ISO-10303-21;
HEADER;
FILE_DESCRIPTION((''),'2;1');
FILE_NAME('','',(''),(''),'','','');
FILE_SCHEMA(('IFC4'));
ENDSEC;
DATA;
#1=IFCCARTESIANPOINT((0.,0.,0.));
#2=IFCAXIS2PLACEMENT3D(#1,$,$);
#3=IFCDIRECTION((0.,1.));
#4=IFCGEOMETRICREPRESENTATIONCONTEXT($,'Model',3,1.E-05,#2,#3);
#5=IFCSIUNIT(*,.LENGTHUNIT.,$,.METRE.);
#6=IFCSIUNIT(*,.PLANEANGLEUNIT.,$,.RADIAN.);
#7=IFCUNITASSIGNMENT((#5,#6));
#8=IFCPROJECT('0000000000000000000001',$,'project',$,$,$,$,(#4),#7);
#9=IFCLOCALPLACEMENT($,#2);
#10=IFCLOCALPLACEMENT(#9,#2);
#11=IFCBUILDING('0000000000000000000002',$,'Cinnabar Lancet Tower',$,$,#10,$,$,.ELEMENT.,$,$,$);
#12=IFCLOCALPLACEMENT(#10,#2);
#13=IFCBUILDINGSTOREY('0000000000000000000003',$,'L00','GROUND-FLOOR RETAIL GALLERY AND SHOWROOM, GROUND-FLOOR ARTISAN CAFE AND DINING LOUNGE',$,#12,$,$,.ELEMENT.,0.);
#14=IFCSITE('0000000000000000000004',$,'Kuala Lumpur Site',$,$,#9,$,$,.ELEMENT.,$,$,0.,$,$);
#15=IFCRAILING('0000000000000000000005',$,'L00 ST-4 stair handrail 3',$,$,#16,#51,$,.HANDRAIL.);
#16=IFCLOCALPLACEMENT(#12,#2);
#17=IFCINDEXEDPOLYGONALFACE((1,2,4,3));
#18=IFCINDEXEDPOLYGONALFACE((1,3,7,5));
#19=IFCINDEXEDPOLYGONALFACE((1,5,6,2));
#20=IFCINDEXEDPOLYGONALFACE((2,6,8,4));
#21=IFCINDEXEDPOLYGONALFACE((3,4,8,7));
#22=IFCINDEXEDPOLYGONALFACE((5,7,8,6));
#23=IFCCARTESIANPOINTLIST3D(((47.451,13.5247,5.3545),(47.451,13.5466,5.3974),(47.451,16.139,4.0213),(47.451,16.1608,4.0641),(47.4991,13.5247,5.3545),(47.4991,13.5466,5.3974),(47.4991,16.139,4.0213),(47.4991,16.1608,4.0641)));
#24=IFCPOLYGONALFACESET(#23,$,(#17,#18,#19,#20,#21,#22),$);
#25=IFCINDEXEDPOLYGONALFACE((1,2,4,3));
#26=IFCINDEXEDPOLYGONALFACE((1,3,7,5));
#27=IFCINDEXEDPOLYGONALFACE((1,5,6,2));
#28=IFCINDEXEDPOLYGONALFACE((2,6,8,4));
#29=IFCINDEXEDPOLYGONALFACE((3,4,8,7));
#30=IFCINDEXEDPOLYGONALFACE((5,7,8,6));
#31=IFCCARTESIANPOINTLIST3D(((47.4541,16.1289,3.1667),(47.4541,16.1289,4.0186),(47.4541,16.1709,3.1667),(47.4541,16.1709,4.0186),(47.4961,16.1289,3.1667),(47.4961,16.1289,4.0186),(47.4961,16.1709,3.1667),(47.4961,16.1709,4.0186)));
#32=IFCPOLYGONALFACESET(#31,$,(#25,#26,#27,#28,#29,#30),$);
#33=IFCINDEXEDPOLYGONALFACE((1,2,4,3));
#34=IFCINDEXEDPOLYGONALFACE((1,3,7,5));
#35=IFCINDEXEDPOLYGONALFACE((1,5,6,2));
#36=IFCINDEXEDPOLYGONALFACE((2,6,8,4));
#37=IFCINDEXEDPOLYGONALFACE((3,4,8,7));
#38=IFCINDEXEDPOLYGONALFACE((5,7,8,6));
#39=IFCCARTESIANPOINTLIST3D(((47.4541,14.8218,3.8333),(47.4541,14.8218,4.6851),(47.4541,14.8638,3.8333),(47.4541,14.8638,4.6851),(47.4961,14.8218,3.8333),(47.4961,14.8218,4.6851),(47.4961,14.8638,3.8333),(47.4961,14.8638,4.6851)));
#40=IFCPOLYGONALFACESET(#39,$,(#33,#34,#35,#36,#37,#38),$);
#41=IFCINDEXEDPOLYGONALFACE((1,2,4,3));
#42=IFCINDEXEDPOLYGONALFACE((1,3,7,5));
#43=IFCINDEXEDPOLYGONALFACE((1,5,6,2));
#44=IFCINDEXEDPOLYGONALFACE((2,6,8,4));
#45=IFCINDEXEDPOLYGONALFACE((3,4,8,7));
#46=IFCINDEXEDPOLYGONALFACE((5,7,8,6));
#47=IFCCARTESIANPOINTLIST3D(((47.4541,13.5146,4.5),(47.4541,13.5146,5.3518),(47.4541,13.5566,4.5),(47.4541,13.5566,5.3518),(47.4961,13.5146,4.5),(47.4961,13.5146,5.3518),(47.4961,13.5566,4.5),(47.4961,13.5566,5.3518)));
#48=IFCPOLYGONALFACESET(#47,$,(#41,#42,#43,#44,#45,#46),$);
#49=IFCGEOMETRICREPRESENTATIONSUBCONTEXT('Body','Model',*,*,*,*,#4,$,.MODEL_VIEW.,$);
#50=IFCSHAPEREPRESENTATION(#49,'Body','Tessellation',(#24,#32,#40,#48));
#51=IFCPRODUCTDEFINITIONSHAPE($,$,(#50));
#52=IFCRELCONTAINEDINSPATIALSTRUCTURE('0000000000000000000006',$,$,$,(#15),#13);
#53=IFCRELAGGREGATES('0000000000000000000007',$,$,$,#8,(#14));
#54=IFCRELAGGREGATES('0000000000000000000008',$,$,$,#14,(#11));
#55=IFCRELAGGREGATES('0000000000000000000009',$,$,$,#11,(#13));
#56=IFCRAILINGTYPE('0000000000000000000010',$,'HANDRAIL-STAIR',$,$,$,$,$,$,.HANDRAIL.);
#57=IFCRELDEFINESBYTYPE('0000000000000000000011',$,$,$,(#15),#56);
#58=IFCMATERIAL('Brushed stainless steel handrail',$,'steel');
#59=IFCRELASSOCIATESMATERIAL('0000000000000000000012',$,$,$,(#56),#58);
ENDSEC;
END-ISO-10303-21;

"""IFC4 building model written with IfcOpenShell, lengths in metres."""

from ifc_helpers import new_model, si_unit, direction, frame, origin, origin_2d, place, context, subcontext, project, spatial, rectangle, extrude, material, type_object, element, save


model = new_model("IFC4")

# Units and contexts
model_context = context("Model", 3, precision=1e-05, world=origin(), true_north=direction((0.0, 1.0)))
body_context = subcontext(model_context, "Body", "Model", "MODEL_VIEW")
ifc_project = project(units=[si_unit("LENGTHUNIT", "METRE"), si_unit("PLANEANGLEUNIT", "RADIAN")], contexts=[model_context])

# Site, building, storey
site_placement = place(None, origin())
site = spatial("IfcSite", under=ifc_project, at=site_placement, Name="Kuala Lumpur Site", CompositionType="ELEMENT", RefElevation=0.0)
building_placement = place(site_placement, origin())
building = spatial("IfcBuilding", under=site, at=building_placement, Name="Cinnabar Lancet Tower", CompositionType="ELEMENT")
storey_placement = place(building_placement, origin())
storey = spatial("IfcBuildingStorey", under=building, at=storey_placement, Name="L00", Description="GROUND-FLOOR RETAIL GALLERY AND SHOWROOM, GROUND-FLOOR ARTISAN CAFE AND DINING LOUNGE", CompositionType="ELEMENT", Elevation=0.0)

# Railing
ifc_material_1 = material(Name="Brushed stainless steel handrail", Category="steel")
railing_type_1 = type_object("IfcRailingType", Name="HANDRAIL-STAIR", PredefinedType="HANDRAIL", material=ifc_material_1)
for number, where, name in (
    (1, (47.4751, 16.1499, 3.1667), "L00 ST-4 stair handrail 3"),
):
    element("IfcRailing", number, at=place(storey_placement, frame(where)), inside=storey, type_object=railing_type_1, Name=name, PredefinedType="HANDRAIL", context=body_context, shape_type="SweptSolid", body=[
        extrude(rectangle(XDim=0.0481, YDim=0.0481, at=origin_2d()), frame((0.0, 0.0, 0.876), z_axis=(0.0, -0.890838, 0.454321), x_axis=(1.0, 0.0, 0.0)), (0.0, 0.0, 1.0), 2.9346),
        extrude(rectangle(XDim=0.042, YDim=0.042, at=origin_2d()), origin(), (0.0, 0.0, 1.0), 0.8518),
        extrude(rectangle(XDim=0.042, YDim=0.042, at=origin_2d()), frame((0.0, -1.3071, 0.6665)), (0.0, 0.0, 1.0), 0.8518),
        extrude(rectangle(XDim=0.042, YDim=0.042, at=origin_2d()), frame((0.0, -2.6143, 1.3333)), (0.0, 0.0, 1.0), 0.8518),
    ])

save(model, "model.ifc")
